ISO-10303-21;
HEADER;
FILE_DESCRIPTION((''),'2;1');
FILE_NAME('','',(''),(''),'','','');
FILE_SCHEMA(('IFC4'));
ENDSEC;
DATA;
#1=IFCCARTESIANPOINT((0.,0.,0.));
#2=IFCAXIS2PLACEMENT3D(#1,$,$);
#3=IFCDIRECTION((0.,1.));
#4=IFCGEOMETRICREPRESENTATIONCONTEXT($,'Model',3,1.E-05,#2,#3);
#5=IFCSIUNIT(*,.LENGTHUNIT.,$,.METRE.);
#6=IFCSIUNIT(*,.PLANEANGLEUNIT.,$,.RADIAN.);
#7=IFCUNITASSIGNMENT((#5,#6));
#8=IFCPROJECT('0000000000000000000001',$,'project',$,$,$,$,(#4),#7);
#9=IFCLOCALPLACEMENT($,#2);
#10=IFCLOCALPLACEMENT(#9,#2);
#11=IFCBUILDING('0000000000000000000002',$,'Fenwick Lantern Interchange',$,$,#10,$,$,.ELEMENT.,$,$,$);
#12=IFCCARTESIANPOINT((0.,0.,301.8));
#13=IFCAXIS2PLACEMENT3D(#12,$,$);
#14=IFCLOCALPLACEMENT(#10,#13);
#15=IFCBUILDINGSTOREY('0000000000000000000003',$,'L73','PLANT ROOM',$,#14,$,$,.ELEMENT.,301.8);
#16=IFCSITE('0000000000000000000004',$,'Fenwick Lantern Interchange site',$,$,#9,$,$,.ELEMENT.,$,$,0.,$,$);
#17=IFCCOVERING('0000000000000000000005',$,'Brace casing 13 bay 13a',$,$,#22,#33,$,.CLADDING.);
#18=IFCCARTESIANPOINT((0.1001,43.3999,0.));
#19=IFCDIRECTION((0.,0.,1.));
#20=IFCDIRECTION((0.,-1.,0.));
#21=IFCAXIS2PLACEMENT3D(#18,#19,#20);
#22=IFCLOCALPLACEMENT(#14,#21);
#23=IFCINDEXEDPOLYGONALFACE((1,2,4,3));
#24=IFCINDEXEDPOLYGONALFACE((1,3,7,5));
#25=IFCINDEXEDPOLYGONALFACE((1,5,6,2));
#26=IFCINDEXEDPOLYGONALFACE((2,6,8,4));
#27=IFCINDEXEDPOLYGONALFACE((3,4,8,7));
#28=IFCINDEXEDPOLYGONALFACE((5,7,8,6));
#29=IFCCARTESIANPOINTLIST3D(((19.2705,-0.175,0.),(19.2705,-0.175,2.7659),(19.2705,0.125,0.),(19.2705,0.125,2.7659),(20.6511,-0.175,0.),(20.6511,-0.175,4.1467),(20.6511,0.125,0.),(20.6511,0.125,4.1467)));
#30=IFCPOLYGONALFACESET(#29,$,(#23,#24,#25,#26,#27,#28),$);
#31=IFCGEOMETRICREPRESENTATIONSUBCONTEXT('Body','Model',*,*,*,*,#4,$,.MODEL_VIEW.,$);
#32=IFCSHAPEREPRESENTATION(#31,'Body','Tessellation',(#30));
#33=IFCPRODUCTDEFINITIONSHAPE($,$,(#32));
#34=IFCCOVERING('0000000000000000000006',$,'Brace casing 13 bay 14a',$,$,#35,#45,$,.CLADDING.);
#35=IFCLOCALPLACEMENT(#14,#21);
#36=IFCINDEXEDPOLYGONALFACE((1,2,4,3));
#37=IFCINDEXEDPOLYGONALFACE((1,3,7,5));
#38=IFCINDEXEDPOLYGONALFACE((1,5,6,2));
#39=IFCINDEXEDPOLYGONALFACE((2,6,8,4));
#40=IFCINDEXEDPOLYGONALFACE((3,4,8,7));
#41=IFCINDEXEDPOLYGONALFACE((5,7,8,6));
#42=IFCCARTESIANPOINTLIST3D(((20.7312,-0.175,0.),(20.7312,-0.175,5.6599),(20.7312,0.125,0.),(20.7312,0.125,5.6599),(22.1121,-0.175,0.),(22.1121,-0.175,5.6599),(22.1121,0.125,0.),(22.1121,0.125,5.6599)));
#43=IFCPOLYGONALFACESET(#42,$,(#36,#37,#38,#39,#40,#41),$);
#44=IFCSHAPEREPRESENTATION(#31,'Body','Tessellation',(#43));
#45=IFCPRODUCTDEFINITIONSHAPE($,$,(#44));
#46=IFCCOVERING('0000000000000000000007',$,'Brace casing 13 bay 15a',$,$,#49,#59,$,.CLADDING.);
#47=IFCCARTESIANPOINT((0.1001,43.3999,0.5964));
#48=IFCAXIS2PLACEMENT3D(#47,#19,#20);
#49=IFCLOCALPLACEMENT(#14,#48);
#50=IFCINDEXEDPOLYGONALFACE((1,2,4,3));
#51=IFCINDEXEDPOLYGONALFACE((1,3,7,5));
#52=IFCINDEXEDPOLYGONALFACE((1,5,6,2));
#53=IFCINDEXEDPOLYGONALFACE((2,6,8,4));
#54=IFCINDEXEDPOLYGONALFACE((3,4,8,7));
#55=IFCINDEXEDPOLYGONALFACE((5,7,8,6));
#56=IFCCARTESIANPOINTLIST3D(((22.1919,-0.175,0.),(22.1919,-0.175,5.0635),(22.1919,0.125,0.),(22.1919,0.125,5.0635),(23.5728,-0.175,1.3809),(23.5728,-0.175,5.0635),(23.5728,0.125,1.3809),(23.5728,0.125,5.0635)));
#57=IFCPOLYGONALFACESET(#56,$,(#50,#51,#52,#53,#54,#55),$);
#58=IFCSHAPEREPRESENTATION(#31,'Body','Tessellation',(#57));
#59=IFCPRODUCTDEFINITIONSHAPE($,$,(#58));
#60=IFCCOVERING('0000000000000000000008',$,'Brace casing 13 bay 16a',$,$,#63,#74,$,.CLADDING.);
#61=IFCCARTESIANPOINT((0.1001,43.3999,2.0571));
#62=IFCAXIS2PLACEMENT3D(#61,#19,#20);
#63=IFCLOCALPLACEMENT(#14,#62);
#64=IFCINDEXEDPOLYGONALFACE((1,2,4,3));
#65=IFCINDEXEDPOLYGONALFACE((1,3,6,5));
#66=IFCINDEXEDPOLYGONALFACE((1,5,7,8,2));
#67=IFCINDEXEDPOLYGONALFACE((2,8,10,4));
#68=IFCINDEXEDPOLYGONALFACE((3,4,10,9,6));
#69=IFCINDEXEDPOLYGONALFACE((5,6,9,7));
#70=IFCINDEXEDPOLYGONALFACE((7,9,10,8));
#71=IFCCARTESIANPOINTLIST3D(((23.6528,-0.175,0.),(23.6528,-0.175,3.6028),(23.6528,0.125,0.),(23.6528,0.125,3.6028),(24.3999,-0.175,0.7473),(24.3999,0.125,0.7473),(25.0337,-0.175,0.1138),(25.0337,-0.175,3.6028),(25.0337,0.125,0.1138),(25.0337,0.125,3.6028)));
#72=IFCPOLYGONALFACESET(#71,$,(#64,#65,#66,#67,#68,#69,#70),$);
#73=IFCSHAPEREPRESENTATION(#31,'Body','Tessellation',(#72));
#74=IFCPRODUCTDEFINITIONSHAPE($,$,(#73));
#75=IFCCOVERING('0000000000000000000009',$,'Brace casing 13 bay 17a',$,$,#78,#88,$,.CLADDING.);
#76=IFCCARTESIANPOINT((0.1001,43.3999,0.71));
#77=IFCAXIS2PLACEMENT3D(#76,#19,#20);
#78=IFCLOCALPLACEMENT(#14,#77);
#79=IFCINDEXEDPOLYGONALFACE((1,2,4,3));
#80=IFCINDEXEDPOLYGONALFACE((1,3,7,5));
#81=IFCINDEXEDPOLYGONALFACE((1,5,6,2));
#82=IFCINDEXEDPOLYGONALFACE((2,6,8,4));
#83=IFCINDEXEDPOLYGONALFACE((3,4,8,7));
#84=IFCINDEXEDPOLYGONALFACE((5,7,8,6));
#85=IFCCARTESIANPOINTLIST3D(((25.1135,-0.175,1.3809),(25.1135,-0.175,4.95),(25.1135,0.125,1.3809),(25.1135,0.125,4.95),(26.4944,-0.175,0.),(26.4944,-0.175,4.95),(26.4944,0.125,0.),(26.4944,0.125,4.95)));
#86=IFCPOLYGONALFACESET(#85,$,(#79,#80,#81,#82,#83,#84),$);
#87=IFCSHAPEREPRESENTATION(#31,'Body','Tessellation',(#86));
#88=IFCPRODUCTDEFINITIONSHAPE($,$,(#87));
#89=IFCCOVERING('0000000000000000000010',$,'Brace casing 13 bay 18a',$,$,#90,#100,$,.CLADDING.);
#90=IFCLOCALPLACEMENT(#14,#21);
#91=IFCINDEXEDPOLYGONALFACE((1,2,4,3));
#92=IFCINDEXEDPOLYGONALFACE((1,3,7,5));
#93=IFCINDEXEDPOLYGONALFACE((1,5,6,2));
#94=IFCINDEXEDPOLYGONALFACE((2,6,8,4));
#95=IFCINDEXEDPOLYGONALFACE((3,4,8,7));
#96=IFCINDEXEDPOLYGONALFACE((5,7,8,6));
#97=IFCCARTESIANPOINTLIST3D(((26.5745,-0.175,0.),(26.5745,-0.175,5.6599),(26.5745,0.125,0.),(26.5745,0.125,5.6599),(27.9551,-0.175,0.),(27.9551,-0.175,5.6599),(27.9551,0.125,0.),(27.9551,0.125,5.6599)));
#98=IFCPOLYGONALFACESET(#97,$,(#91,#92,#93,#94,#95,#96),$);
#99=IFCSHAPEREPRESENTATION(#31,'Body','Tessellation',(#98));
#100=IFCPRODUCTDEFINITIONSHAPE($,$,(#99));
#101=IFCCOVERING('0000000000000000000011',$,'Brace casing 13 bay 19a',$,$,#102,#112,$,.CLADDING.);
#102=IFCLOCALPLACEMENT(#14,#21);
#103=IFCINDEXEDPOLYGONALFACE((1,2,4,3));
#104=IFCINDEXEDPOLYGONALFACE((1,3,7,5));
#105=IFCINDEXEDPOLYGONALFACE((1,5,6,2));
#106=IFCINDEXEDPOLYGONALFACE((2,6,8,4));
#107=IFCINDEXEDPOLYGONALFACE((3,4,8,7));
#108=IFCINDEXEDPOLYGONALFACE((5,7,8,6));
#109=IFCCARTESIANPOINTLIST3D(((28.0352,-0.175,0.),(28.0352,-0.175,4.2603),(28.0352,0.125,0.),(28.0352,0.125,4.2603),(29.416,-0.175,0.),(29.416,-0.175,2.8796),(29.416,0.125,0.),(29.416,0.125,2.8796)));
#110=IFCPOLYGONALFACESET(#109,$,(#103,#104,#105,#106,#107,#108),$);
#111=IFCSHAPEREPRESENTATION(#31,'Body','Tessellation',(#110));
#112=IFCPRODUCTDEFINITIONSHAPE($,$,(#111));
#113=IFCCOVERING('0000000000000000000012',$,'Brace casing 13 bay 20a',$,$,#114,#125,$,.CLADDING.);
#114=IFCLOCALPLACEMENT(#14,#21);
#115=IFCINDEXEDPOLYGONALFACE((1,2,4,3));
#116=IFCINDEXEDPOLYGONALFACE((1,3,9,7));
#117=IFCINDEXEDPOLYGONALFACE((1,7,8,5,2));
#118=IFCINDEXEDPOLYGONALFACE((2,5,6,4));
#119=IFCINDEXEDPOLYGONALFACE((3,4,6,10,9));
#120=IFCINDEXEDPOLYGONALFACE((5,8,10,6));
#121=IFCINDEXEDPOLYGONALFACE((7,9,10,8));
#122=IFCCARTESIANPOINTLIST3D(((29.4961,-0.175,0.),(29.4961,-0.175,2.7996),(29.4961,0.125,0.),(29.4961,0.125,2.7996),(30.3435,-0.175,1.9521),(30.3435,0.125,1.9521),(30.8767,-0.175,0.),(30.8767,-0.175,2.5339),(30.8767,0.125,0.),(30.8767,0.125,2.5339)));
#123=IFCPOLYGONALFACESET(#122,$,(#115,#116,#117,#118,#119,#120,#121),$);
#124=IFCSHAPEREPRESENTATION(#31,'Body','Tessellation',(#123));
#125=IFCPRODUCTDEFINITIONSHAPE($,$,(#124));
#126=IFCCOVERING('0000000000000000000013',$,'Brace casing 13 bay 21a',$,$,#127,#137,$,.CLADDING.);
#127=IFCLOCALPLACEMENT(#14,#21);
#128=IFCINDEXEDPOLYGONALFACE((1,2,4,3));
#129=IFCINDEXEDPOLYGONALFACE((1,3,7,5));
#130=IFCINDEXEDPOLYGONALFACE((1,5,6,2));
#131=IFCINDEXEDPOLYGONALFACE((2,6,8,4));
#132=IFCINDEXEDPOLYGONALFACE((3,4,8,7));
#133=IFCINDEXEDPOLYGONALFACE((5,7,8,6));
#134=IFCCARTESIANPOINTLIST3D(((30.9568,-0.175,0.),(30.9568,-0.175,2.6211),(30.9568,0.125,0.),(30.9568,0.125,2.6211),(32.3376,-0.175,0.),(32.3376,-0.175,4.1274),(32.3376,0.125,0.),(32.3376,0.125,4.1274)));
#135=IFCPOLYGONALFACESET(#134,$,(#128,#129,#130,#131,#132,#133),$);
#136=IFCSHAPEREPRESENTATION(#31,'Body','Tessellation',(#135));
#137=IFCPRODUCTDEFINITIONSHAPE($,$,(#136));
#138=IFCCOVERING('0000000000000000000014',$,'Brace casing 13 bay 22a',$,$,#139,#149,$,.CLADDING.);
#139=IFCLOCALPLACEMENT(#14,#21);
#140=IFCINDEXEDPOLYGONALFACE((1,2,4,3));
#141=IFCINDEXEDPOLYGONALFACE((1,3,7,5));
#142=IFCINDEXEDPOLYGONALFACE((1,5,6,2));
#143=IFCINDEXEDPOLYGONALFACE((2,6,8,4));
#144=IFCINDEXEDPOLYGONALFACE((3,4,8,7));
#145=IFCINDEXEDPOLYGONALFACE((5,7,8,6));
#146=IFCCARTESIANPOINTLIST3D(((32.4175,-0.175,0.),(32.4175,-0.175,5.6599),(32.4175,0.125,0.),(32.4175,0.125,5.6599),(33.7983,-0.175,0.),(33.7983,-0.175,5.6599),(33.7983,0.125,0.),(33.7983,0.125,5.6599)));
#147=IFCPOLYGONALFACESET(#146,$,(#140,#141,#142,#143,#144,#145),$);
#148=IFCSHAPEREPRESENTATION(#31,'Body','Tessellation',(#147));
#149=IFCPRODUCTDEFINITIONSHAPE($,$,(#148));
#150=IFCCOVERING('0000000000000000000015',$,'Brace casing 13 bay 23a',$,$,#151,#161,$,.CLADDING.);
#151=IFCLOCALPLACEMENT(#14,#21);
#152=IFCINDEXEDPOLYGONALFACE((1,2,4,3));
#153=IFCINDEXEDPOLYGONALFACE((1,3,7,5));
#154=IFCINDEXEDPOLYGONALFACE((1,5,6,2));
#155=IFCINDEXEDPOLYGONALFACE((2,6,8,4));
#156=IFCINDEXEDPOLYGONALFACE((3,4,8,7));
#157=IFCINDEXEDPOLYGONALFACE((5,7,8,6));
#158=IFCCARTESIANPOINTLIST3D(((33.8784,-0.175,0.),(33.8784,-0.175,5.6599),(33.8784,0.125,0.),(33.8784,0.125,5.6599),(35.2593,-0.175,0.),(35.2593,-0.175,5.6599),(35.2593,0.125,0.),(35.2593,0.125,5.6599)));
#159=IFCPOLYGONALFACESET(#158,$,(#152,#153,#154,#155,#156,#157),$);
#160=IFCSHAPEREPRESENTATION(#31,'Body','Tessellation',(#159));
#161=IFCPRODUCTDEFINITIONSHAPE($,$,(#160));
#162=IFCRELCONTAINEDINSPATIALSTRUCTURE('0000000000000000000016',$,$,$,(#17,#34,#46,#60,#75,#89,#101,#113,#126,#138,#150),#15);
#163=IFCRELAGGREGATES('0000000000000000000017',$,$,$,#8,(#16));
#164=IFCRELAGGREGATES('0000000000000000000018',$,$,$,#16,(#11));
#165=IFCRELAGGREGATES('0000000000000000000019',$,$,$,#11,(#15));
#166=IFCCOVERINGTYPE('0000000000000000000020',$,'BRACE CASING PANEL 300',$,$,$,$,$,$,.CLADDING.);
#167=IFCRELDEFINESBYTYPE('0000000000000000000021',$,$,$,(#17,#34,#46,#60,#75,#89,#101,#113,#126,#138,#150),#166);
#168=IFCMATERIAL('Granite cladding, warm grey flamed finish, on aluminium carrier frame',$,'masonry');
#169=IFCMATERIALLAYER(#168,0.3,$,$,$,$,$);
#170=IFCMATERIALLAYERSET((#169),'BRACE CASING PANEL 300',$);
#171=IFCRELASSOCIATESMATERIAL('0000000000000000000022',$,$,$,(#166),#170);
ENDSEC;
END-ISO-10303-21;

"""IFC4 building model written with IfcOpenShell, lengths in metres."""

from ifc_helpers import new_model, si_unit, direction, frame, origin, place, context, subcontext, project, spatial, polyline, outline, extrude, material, layer, layer_set, type_object, element, save


model = new_model("IFC4")

# Units and contexts
model_context = context("Model", 3, precision=1e-05, world=origin(), true_north=direction((0.0, 1.0)))
body_context = subcontext(model_context, "Body", "Model", "MODEL_VIEW")
ifc_project = project(units=[si_unit("LENGTHUNIT", "METRE"), si_unit("PLANEANGLEUNIT", "RADIAN")], contexts=[model_context])

# Site, building, storey
site_placement = place(None, origin())
site = spatial("IfcSite", under=ifc_project, at=site_placement, Name="Fenwick Lantern Interchange site", CompositionType="ELEMENT", RefElevation=0.0)
building_placement = place(site_placement, origin())
building = spatial("IfcBuilding", under=site, at=building_placement, Name="Fenwick Lantern Interchange", CompositionType="ELEMENT")
storey_placement = place(building_placement, frame((0.0, 0.0, 301.8)))
storey = spatial("IfcBuildingStorey", under=building, at=storey_placement, Name="L73", Description="PLANT ROOM", CompositionType="ELEMENT", Elevation=301.8)

# Coverings
ifc_material_1 = material(Name="Granite cladding, warm grey flamed finish, on aluminium carrier frame", Category="masonry")
ifc_layer_1 = layer(ifc_material_1, 0.3)
ifc_layer_set_1 = layer_set([ifc_layer_1], Name="BRACE CASING PANEL 300")
covering_type = type_object("IfcCoveringType", Name="BRACE CASING PANEL 300", PredefinedType="CLADDING", material=ifc_layer_set_1)
covering_1_placement = place(storey_placement, frame((0.1001, 43.3999, 0.0), z_axis=(0.0, 0.0, 1.0), x_axis=(0.0, -1.0, 0.0)))
element("IfcCovering", 1, at=covering_1_placement, inside=storey, type_object=covering_type, Name="Brace casing 13 bay 13a", PredefinedType="CLADDING", context=body_context, shape_type="SweptSolid", body=[
    extrude(outline(polyline([(19.2705, 0.0), (20.6511, 0.0), (20.6511, 4.1467), (19.2705, 2.7659), (19.2705, 0.0)])), frame((0.0, 0.125, 0.0), z_axis=(0.0, -1.0, 0.0), x_axis=(1.0, 0.0, 0.0)), (0.0, 0.0, 1.0), 0.3),
])
covering_2_placement = place(storey_placement, frame((0.1001, 43.3999, 0.0), z_axis=(0.0, 0.0, 1.0), x_axis=(0.0, -1.0, 0.0)))
element("IfcCovering", 2, at=covering_2_placement, inside=storey, type_object=covering_type, Name="Brace casing 13 bay 14a", PredefinedType="CLADDING", context=body_context, shape_type="SweptSolid", body=[
    extrude(outline(polyline([(20.7312, 0.0), (22.1121, 0.0), (22.1121, 5.6599), (20.7312, 5.6599), (20.7312, 0.0)])), frame((0.0, 0.125, 0.0), z_axis=(0.0, -1.0, 0.0), x_axis=(1.0, 0.0, 0.0)), (0.0, 0.0, 1.0), 0.3),
])
covering_3_placement = place(storey_placement, frame((0.1001, 43.3999, 0.5964), z_axis=(0.0, 0.0, 1.0), x_axis=(0.0, -1.0, 0.0)))
element("IfcCovering", 3, at=covering_3_placement, inside=storey, type_object=covering_type, Name="Brace casing 13 bay 15a", PredefinedType="CLADDING", context=body_context, shape_type="SweptSolid", body=[
    extrude(outline(polyline([(22.1919, 0.0), (23.5728, 1.3809), (23.5728, 5.0635), (22.1919, 5.0635), (22.1919, 0.0)])), frame((0.0, 0.125, 0.0), z_axis=(0.0, -1.0, 0.0), x_axis=(1.0, 0.0, 0.0)), (0.0, 0.0, 1.0), 0.3),
])
covering_4_placement = place(storey_placement, frame((0.1001, 43.3999, 2.0571), z_axis=(0.0, 0.0, 1.0), x_axis=(0.0, -1.0, 0.0)))
element("IfcCovering", 4, at=covering_4_placement, inside=storey, type_object=covering_type, Name="Brace casing 13 bay 16a", PredefinedType="CLADDING", context=body_context, shape_type="SweptSolid", body=[
    extrude(outline(polyline([(23.6528, 0.0), (24.3999, 0.7473), (25.0337, 0.1138), (25.0337, 3.6028), (23.6528, 3.6028), (23.6528, 0.0)])), frame((0.0, 0.125, 0.0), z_axis=(0.0, -1.0, 0.0), x_axis=(1.0, 0.0, 0.0)), (0.0, 0.0, 1.0), 0.3),
])
covering_5_placement = place(storey_placement, frame((0.1001, 43.3999, 0.71), z_axis=(0.0, 0.0, 1.0), x_axis=(0.0, -1.0, 0.0)))
element("IfcCovering", 5, at=covering_5_placement, inside=storey, type_object=covering_type, Name="Brace casing 13 bay 17a", PredefinedType="CLADDING", context=body_context, shape_type="SweptSolid", body=[
    extrude(outline(polyline([(26.4944, 0.0), (26.4944, 4.95), (25.1135, 4.95), (25.1135, 1.3809), (26.4944, 0.0)])), frame((0.0, 0.125, 0.0), z_axis=(0.0, -1.0, 0.0), x_axis=(1.0, 0.0, 0.0)), (0.0, 0.0, 1.0), 0.3),
])
covering_6_placement = place(storey_placement, frame((0.1001, 43.3999, 0.0), z_axis=(0.0, 0.0, 1.0), x_axis=(0.0, -1.0, 0.0)))
element("IfcCovering", 6, at=covering_6_placement, inside=storey, type_object=covering_type, Name="Brace casing 13 bay 18a", PredefinedType="CLADDING", context=body_context, shape_type="SweptSolid", body=[
    extrude(outline(polyline([(26.5745, 0.0), (27.9551, 0.0), (27.9551, 5.6599), (26.5745, 5.6599), (26.5745, 0.0)])), frame((0.0, 0.125, 0.0), z_axis=(0.0, -1.0, 0.0), x_axis=(1.0, 0.0, 0.0)), (0.0, 0.0, 1.0), 0.3),
])
covering_7_placement = place(storey_placement, frame((0.1001, 43.3999, 0.0), z_axis=(0.0, 0.0, 1.0), x_axis=(0.0, -1.0, 0.0)))
element("IfcCovering", 7, at=covering_7_placement, inside=storey, type_object=covering_type, Name="Brace casing 13 bay 19a", PredefinedType="CLADDING", context=body_context, shape_type="SweptSolid", body=[
    extrude(outline(polyline([(28.0352, 0.0), (29.416, 0.0), (29.416, 2.8796), (28.0352, 4.2603), (28.0352, 0.0)])), frame((0.0, 0.125, 0.0), z_axis=(0.0, -1.0, 0.0), x_axis=(1.0, 0.0, 0.0)), (0.0, 0.0, 1.0), 0.3),
])
covering_8_placement = place(storey_placement, frame((0.1001, 43.3999, 0.0), z_axis=(0.0, 0.0, 1.0), x_axis=(0.0, -1.0, 0.0)))
element("IfcCovering", 8, at=covering_8_placement, inside=storey, type_object=covering_type, Name="Brace casing 13 bay 20a", PredefinedType="CLADDING", context=body_context, shape_type="SweptSolid", body=[
    extrude(outline(polyline([(29.4961, 0.0), (30.8767, 0.0), (30.8767, 2.5339), (30.3435, 1.9521), (29.4961, 2.7996), (29.4961, 0.0)])), frame((0.0, 0.125, 0.0), z_axis=(0.0, -1.0, 0.0), x_axis=(1.0, 0.0, 0.0)), (0.0, 0.0, 1.0), 0.3),
])
covering_9_placement = place(storey_placement, frame((0.1001, 43.3999, 0.0), z_axis=(0.0, 0.0, 1.0), x_axis=(0.0, -1.0, 0.0)))
element("IfcCovering", 9, at=covering_9_placement, inside=storey, type_object=covering_type, Name="Brace casing 13 bay 21a", PredefinedType="CLADDING", context=body_context, shape_type="SweptSolid", body=[
    extrude(outline(polyline([(30.9568, 0.0), (32.3376, 0.0), (32.3376, 4.1274), (30.9568, 2.6211), (30.9568, 0.0)])), frame((0.0, 0.125, 0.0), z_axis=(0.0, -1.0, 0.0), x_axis=(1.0, 0.0, 0.0)), (0.0, 0.0, 1.0), 0.3),
])
covering_10_placement = place(storey_placement, frame((0.1001, 43.3999, 0.0), z_axis=(0.0, 0.0, 1.0), x_axis=(0.0, -1.0, 0.0)))
element("IfcCovering", 10, at=covering_10_placement, inside=storey, type_object=covering_type, Name="Brace casing 13 bay 22a", PredefinedType="CLADDING", context=body_context, shape_type="SweptSolid", body=[
    extrude(outline(polyline([(32.4175, 0.0), (33.7983, 0.0), (33.7983, 5.6599), (32.4175, 5.6599), (32.4175, 0.0)])), frame((0.0, 0.125, 0.0), z_axis=(0.0, -1.0, 0.0), x_axis=(1.0, 0.0, 0.0)), (0.0, 0.0, 1.0), 0.3),
])
covering_11_placement = place(storey_placement, frame((0.1001, 43.3999, 0.0), z_axis=(0.0, 0.0, 1.0), x_axis=(0.0, -1.0, 0.0)))
element("IfcCovering", 11, at=covering_11_placement, inside=storey, type_object=covering_type, Name="Brace casing 13 bay 23a", PredefinedType="CLADDING", context=body_context, shape_type="SweptSolid", body=[
    extrude(outline(polyline([(33.8784, 0.0), (35.2593, 0.0), (35.2593, 5.6599), (33.8784, 5.6599), (33.8784, 0.0)])), frame((0.0, 0.125, 0.0), z_axis=(0.0, -1.0, 0.0), x_axis=(1.0, 0.0, 0.0)), (0.0, 0.0, 1.0), 0.3),
])

save(model, "model.ifc")
